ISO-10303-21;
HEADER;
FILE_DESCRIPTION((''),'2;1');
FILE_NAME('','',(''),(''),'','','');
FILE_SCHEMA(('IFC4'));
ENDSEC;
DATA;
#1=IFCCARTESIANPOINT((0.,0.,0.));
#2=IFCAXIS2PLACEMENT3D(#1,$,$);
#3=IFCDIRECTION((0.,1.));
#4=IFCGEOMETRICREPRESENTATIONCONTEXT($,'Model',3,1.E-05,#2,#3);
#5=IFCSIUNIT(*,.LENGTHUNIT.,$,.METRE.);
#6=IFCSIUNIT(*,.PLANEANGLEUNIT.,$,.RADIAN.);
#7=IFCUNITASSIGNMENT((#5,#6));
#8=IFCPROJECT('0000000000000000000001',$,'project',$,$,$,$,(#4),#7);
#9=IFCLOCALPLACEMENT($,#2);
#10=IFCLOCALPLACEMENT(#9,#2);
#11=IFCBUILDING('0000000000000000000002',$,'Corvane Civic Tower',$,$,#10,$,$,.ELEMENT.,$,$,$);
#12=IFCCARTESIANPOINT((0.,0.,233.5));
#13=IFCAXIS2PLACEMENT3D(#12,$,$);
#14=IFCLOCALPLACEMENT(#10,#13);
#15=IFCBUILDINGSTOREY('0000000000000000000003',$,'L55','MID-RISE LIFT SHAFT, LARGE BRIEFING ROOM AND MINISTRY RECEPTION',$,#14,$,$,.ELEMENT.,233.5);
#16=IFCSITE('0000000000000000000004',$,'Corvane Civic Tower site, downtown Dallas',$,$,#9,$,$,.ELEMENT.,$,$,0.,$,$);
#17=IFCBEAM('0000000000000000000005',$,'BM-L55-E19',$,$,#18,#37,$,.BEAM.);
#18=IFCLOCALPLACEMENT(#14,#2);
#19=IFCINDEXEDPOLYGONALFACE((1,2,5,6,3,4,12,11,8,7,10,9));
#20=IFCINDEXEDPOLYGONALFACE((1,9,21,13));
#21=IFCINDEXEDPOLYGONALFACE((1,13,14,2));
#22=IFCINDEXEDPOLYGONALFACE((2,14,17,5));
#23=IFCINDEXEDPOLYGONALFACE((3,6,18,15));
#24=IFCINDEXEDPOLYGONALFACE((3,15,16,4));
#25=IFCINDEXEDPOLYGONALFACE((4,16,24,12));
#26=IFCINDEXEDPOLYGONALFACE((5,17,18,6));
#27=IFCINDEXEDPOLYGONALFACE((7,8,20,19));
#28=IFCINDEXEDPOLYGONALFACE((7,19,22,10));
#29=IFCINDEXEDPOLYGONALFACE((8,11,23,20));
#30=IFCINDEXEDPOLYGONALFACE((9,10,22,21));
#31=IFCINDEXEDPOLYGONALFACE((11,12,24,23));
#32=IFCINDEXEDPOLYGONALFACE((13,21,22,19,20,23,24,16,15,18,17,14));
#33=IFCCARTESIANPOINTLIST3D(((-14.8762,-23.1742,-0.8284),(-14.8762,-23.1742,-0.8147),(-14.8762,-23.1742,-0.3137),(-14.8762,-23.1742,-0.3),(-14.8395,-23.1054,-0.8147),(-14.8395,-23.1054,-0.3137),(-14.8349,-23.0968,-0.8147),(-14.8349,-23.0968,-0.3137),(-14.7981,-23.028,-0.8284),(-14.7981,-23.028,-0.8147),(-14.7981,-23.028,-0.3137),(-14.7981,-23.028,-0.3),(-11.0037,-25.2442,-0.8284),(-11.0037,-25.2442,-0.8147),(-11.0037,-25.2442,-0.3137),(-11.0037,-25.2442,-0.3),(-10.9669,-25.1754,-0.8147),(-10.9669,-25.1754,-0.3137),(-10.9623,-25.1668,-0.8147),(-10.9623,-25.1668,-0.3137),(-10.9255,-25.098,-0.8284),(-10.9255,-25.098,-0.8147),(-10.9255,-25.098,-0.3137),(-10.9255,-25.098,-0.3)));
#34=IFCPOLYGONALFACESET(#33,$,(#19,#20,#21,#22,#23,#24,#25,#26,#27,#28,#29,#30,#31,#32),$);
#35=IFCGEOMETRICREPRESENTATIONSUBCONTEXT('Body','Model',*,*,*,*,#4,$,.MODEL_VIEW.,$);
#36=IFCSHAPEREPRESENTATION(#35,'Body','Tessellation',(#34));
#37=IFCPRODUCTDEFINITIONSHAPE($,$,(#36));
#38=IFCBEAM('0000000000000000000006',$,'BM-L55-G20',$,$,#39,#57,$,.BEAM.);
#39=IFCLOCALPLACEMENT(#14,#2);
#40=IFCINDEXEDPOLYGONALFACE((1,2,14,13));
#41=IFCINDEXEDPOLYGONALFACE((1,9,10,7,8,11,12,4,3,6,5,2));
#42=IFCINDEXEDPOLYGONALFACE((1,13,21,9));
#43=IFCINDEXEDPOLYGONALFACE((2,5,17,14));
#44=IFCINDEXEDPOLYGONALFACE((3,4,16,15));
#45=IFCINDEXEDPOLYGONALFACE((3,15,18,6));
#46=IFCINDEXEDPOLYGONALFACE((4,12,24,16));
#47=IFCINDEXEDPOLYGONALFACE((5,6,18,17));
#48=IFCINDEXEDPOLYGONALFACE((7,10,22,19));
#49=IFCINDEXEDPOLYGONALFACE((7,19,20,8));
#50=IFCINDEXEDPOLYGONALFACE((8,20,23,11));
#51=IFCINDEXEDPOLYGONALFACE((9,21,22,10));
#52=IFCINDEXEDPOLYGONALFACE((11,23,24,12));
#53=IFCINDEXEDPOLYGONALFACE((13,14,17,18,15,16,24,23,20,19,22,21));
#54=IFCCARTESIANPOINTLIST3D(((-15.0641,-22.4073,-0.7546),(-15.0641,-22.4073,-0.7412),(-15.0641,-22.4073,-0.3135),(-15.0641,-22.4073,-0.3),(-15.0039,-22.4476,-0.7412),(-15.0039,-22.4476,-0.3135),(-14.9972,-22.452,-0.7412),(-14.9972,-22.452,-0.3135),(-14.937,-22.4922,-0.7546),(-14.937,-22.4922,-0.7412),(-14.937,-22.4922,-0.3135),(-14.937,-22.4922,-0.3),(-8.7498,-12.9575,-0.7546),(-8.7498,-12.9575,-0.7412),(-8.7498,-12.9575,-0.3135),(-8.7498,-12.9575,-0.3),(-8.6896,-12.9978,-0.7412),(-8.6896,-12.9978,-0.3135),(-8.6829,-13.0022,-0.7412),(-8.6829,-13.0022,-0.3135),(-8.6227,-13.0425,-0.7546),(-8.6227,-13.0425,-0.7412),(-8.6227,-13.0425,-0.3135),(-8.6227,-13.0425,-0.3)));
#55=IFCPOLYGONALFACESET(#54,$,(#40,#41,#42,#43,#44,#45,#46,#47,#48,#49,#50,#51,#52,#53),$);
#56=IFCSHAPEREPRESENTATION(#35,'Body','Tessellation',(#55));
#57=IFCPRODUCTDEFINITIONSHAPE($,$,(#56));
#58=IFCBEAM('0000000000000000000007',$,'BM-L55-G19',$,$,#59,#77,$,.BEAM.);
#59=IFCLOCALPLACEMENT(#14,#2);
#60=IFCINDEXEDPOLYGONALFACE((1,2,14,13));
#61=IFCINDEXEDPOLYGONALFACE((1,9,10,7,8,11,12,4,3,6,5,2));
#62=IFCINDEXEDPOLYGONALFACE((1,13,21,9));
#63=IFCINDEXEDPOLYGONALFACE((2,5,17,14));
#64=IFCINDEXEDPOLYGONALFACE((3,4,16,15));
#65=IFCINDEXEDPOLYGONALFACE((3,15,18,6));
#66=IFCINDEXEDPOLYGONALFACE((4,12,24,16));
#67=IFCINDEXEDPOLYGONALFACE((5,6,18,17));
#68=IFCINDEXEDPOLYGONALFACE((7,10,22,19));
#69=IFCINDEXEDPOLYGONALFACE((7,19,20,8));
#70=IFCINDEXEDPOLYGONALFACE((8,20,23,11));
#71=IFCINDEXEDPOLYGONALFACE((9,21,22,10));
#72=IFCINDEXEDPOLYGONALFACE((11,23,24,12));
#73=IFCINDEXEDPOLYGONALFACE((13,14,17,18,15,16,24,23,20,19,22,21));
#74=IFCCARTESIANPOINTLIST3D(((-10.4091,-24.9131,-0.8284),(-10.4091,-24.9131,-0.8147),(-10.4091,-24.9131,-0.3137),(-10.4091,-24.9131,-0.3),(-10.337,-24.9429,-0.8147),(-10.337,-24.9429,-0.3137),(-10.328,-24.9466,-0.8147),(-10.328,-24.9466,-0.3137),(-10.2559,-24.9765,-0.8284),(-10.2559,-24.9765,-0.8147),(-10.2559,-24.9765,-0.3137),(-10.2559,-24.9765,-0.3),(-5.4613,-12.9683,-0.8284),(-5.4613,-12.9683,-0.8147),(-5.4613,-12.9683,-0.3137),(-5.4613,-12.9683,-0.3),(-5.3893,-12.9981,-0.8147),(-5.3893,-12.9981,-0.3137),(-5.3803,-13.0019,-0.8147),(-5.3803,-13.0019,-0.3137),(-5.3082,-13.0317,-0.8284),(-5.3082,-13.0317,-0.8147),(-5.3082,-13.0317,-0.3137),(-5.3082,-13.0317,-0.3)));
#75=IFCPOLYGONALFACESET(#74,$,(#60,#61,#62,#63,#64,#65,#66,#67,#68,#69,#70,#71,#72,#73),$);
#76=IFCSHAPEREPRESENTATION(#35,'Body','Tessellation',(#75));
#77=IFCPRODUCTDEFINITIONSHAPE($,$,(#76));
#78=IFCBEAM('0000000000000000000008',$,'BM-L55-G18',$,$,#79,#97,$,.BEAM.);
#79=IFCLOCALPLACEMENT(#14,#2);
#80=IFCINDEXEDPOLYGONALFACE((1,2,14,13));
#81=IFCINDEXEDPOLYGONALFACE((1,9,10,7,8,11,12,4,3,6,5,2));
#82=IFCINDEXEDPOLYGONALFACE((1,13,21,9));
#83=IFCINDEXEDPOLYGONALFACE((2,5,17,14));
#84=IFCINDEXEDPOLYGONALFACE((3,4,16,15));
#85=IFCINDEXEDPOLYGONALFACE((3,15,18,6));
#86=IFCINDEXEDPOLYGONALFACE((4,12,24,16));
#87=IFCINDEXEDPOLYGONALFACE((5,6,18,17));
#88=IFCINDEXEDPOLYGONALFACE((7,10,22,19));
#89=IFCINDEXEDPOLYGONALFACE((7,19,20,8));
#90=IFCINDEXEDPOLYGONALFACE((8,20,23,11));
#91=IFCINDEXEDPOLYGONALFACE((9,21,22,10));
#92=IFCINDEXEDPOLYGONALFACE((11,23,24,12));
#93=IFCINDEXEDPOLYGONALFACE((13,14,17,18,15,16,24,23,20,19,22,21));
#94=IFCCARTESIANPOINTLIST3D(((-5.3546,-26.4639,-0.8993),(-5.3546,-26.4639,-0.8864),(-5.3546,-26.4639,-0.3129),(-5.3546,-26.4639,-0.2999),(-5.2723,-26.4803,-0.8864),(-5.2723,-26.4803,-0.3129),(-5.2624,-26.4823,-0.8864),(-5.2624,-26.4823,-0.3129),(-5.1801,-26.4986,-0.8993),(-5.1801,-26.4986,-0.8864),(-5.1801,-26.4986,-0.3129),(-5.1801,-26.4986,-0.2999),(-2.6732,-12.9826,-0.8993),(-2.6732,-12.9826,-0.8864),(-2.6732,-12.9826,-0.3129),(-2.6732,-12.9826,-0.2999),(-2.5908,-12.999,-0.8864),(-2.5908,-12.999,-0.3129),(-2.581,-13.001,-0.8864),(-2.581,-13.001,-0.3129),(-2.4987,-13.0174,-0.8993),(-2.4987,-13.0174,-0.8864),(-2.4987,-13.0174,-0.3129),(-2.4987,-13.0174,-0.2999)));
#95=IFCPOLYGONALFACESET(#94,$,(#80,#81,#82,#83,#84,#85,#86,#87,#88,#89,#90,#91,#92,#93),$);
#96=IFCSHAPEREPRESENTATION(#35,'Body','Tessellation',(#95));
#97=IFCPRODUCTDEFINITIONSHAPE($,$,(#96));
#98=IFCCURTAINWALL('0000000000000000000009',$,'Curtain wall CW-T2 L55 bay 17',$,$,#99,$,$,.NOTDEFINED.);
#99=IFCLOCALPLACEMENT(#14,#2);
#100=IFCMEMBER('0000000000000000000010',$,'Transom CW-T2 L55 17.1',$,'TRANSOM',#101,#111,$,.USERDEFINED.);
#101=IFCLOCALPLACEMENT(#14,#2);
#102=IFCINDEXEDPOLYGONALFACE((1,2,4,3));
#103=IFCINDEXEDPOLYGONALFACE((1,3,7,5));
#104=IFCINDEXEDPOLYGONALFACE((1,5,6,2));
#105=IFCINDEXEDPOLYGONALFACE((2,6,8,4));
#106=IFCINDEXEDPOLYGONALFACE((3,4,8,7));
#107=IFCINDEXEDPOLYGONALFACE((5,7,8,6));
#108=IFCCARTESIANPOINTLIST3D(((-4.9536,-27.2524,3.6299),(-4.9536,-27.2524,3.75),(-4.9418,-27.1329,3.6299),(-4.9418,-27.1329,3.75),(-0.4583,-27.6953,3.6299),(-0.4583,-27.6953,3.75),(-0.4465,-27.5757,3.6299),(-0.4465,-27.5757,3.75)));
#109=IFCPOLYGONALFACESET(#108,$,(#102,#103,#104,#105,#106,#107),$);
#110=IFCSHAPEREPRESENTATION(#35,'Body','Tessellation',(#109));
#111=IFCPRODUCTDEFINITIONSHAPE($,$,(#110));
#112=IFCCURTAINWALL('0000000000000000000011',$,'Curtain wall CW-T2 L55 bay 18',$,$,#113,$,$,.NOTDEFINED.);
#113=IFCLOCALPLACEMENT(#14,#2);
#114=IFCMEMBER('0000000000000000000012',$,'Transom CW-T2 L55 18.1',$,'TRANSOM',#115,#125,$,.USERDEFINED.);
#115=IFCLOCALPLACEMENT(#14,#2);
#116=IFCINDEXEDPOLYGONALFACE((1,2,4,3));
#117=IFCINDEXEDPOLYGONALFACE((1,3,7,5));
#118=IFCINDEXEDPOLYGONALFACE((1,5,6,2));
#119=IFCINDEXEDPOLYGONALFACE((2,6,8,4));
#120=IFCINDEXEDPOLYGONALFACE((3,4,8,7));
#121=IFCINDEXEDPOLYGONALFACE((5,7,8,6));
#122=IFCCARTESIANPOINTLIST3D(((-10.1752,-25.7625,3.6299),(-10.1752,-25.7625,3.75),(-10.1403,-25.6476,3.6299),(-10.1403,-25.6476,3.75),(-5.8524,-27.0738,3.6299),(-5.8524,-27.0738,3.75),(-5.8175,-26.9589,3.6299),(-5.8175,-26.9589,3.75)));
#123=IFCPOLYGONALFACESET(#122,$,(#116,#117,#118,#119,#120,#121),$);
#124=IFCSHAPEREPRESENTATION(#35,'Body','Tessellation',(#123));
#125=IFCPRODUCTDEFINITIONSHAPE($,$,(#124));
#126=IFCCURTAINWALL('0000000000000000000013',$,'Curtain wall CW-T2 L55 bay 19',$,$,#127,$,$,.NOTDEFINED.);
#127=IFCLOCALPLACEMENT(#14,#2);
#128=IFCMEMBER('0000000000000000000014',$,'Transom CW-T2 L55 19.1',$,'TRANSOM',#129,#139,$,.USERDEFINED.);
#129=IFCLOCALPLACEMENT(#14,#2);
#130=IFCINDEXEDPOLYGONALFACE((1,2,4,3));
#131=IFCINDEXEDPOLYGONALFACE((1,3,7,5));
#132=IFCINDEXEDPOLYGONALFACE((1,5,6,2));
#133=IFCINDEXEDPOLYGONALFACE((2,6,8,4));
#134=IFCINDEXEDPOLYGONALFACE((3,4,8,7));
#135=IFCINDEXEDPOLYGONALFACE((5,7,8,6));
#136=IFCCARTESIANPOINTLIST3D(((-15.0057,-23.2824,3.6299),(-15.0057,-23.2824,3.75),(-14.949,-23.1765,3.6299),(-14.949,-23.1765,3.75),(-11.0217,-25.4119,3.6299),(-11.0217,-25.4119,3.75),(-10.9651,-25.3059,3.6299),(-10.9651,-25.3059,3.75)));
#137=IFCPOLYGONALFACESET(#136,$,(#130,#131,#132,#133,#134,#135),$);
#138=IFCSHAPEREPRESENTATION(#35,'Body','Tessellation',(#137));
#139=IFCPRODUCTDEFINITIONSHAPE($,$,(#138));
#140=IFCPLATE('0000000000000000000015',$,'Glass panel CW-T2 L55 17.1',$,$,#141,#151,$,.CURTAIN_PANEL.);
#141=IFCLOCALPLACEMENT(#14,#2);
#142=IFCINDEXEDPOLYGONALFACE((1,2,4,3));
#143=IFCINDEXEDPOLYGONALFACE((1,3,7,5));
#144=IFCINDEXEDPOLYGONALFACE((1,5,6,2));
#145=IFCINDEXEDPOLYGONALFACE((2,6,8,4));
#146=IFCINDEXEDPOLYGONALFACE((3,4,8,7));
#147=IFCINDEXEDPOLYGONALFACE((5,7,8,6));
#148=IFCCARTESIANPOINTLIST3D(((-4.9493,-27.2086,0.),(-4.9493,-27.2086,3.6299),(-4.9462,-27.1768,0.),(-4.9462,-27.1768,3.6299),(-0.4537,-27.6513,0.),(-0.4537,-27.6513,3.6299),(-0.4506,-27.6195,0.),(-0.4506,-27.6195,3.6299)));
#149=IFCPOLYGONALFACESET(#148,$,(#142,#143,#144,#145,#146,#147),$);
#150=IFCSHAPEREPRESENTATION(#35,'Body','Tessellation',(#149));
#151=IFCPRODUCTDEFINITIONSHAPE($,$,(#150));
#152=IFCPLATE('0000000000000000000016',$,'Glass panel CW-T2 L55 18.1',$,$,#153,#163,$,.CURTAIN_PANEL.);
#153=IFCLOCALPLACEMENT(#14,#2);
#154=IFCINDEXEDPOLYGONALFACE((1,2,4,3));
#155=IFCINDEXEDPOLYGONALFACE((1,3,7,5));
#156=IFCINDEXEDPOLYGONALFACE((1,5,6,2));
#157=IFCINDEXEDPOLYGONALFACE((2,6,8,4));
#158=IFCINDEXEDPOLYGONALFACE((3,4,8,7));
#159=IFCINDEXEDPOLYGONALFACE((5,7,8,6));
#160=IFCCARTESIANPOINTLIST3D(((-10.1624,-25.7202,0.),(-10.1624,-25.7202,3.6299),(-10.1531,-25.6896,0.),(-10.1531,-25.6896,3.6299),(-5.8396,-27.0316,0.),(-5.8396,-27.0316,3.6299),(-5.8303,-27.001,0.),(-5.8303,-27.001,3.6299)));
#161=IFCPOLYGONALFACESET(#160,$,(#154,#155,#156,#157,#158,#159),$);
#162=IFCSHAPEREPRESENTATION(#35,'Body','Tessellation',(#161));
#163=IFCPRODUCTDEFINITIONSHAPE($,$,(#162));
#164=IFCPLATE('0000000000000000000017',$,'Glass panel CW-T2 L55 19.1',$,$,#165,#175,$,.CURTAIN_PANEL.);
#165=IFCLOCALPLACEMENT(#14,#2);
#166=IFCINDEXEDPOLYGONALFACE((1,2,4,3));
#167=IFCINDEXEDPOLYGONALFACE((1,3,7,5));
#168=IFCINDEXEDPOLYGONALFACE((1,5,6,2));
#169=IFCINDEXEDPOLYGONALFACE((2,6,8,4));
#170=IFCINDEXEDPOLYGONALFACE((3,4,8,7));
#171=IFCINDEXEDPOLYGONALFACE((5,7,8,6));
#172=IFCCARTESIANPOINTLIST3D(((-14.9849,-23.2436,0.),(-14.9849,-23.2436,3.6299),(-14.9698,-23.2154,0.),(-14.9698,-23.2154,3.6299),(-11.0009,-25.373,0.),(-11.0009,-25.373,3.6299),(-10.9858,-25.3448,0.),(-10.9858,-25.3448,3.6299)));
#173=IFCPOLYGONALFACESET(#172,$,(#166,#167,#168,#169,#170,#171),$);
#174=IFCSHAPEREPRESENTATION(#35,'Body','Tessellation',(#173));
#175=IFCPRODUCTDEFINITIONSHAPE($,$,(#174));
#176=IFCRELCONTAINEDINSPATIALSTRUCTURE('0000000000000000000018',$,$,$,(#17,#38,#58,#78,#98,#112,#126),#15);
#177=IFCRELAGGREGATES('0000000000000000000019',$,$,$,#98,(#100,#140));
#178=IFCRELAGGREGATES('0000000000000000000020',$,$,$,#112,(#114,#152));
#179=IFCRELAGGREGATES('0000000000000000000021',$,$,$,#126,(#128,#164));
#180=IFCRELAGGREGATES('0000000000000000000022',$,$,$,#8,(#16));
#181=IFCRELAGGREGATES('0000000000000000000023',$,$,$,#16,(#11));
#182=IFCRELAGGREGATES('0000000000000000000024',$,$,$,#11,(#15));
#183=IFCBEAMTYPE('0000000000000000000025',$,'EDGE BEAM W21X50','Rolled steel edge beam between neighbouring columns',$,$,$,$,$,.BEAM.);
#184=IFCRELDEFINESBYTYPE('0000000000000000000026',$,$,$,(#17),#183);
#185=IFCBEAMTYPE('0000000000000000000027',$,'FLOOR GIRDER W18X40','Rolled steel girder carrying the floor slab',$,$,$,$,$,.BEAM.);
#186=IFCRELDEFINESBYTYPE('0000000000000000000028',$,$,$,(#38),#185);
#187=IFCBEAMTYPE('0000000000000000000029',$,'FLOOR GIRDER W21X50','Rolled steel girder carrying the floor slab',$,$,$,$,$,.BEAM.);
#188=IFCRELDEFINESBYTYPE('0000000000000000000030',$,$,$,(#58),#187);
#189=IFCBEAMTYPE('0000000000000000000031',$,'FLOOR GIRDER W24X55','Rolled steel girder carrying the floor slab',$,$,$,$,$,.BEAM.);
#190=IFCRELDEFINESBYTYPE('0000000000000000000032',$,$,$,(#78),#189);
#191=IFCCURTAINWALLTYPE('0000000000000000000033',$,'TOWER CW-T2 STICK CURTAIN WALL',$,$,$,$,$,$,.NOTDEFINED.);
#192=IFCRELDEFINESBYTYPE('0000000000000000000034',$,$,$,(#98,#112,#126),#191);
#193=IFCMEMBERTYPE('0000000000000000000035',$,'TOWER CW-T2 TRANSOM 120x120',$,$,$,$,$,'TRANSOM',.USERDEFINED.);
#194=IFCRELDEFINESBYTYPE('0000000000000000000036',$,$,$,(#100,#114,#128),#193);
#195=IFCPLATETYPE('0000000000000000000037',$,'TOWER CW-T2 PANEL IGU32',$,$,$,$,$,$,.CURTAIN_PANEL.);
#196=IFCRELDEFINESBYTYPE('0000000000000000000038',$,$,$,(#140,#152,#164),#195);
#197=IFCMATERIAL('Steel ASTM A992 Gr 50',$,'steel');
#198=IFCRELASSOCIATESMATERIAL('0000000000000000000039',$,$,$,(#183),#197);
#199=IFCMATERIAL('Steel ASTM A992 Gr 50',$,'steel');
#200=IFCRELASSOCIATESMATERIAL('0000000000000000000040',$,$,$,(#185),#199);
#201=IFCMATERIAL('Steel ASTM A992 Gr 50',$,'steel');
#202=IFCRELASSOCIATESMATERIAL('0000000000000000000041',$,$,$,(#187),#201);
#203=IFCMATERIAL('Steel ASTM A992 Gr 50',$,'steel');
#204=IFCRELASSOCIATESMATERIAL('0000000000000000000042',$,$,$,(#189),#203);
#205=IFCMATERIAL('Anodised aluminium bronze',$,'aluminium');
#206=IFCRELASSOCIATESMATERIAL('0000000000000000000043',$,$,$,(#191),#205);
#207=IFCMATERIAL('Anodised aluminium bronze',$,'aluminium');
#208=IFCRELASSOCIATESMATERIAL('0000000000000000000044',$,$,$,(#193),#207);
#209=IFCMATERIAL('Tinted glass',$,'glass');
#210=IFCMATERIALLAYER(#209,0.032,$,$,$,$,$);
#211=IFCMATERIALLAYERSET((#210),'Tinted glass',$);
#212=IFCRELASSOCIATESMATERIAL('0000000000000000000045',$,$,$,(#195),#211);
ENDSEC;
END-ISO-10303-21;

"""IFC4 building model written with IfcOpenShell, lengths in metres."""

from ifc_helpers import new_model, si_unit, direction, frame, origin, origin_2d, place, context, subcontext, project, spatial, rectangle, i_section, extrude, material, layer, layer_set, material_profile, profile_set, type_object, element, aggregate, save


model = new_model("IFC4")

# Units and contexts
model_context = context("Model", 3, precision=1e-05, world=origin(), true_north=direction((0.0, 1.0)))
body_context = subcontext(model_context, "Body", "Model", "MODEL_VIEW")
ifc_project = project(units=[si_unit("LENGTHUNIT", "METRE"), si_unit("PLANEANGLEUNIT", "RADIAN")], contexts=[model_context])

# Site, building, storey
site_placement = place(None, origin())
site = spatial("IfcSite", under=ifc_project, at=site_placement, Name="Corvane Civic Tower site, downtown Dallas", CompositionType="ELEMENT", RefElevation=0.0)
building_placement = place(site_placement, origin())
building = spatial("IfcBuilding", under=site, at=building_placement, Name="Corvane Civic Tower", CompositionType="ELEMENT")
storey_placement = place(building_placement, frame((0.0, 0.0, 233.5)))
storey = spatial("IfcBuildingStorey", under=building, at=storey_placement, Name="L55", Description="MID-RISE LIFT SHAFT, LARGE BRIEFING ROOM AND MINISTRY RECEPTION", CompositionType="ELEMENT", Elevation=233.5)

# Beams
ifc_material_1 = material(Name="Steel ASTM A992 Gr 50", Category="steel")
ifc_material_profile_1 = material_profile(ifc_material_1, i_section(OverallWidth=0.1658, OverallDepth=0.5283, WebThickness=0.0098, FlangeThickness=0.0137, at=origin_2d()), Name="W21X50")
ifc_profile_set_1 = profile_set([ifc_material_profile_1], Name="Steel ASTM A992 Gr 50")
beam_type_1 = type_object("IfcBeamType", Name="EDGE BEAM W21X50", Description="Rolled steel edge beam between neighbouring columns", PredefinedType="BEAM", material=ifc_profile_set_1)
beam_1_placement = place(storey_placement, frame((-10.9646, -25.1711, -0.5642), z_axis=(-0.881908, 0.471422, 0.0), x_axis=(-0.471422, -0.881908, 0.0)))
element("IfcBeam", 1, at=beam_1_placement, inside=storey, type_object=beam_type_1, Name="BM-L55-E19", PredefinedType="BEAM", context=body_context, shape_type="SweptSolid", body=[
    extrude(i_section(OverallWidth=0.1658, OverallDepth=0.5283, WebThickness=0.0098, FlangeThickness=0.0137, at=origin_2d()), origin(), (0.0, 0.0, 1.0), 4.3911),
])
ifc_material_2 = material(Name="Steel ASTM A992 Gr 50", Category="steel")
ifc_material_profile_2 = material_profile(ifc_material_2, i_section(OverallWidth=0.1528, OverallDepth=0.4546, WebThickness=0.0081, FlangeThickness=0.0134, at=origin_2d()), Name="W18X40")
ifc_profile_set_2 = profile_set([ifc_material_profile_2], Name="Steel ASTM A992 Gr 50")
beam_type_2 = type_object("IfcBeamType", Name="FLOOR GIRDER W18X40", Description="Rolled steel girder carrying the floor slab", PredefinedType="BEAM", material=ifc_profile_set_2)
beam_2_placement = place(storey_placement, frame((-8.6863, -13.0, -0.5273), z_axis=(-0.555577, -0.831465, 0.0), x_axis=(0.831465, -0.555577, 0.0)))
element("IfcBeam", 2, at=beam_2_placement, inside=storey, type_object=beam_type_2, Name="BM-L55-G20", PredefinedType="BEAM", context=body_context, shape_type="SweptSolid", body=[
    extrude(i_section(OverallWidth=0.1528, OverallDepth=0.4546, WebThickness=0.0081, FlangeThickness=0.0134, at=origin_2d()), origin(), (0.0, 0.0, 1.0), 11.3652),
])
ifc_material_3 = material(Name="Steel ASTM A992 Gr 50", Category="steel")
ifc_material_profile_3 = material_profile(ifc_material_3, i_section(OverallWidth=0.1658, OverallDepth=0.5283, WebThickness=0.0098, FlangeThickness=0.0137, at=origin_2d()), Name="W21X50")
ifc_profile_set_3 = profile_set([ifc_material_profile_3], Name="Steel ASTM A992 Gr 50")
beam_type_3 = type_object("IfcBeamType", Name="FLOOR GIRDER W21X50", Description="Rolled steel girder carrying the floor slab", PredefinedType="BEAM", material=ifc_profile_set_3)
beam_3_placement = place(storey_placement, frame((-5.3848, -13.0, -0.5642), z_axis=(-0.382686, -0.923878, 0.0), x_axis=(0.923878, -0.382686, 0.0)))
element("IfcBeam", 3, at=beam_3_placement, inside=storey, type_object=beam_type_3, Name="BM-L55-G19", PredefinedType="BEAM", context=body_context, shape_type="SweptSolid", body=[
    extrude(i_section(OverallWidth=0.1658, OverallDepth=0.5283, WebThickness=0.0098, FlangeThickness=0.0137, at=origin_2d()), origin(), (0.0, 0.0, 1.0), 12.929),
])
ifc_material_4 = material(Name="Steel ASTM A992 Gr 50", Category="steel")
ifc_material_profile_4 = material_profile(ifc_material_4, i_section(OverallWidth=0.178, OverallDepth=0.5994, WebThickness=0.01, FlangeThickness=0.0129, at=origin_2d()), Name="W24X55")
ifc_profile_set_4 = profile_set([ifc_material_profile_4], Name="Steel ASTM A992 Gr 50")
beam_type_4 = type_object("IfcBeamType", Name="FLOOR GIRDER W24X55", Description="Rolled steel girder carrying the floor slab", PredefinedType="BEAM", material=ifc_profile_set_4)
beam_4_placement = place(storey_placement, frame((-2.5859, -13.0, -0.5996), z_axis=(-0.195078, -0.980788, 0.0), x_axis=(0.980788, -0.195078, 0.0)))
element("IfcBeam", 4, at=beam_4_placement, inside=storey, type_object=beam_type_4, Name="BM-L55-G18", PredefinedType="BEAM", context=body_context, shape_type="SweptSolid", body=[
    extrude(i_section(OverallWidth=0.178, OverallDepth=0.5994, WebThickness=0.01, FlangeThickness=0.0129, at=origin_2d()), origin(), (0.0, 0.0, 1.0), 13.7454),
])

# Curtain walls, members
ifc_material_5 = material(Name="Anodised aluminium bronze", Category="aluminium")
curtain_wall_type = type_object("IfcCurtainWallType", Name="TOWER CW-T2 STICK CURTAIN WALL", PredefinedType="NOTDEFINED", material=ifc_material_5)
curtain_wall_1_placement = place(storey_placement, origin())
curtain_wall_1 = element("IfcCurtainWall", 5, at=curtain_wall_1_placement, inside=storey, type_object=curtain_wall_type, Name="Curtain wall CW-T2 L55 bay 17", PredefinedType="NOTDEFINED")
ifc_material_6 = material(Name="Anodised aluminium bronze", Category="aluminium")
ifc_material_profile_5 = material_profile(ifc_material_6, rectangle(XDim=0.1201, YDim=0.1201, at=origin_2d()), Name="TOWER CW-T2 TRANSOM 120x120")
ifc_profile_set_5 = profile_set([ifc_material_profile_5], Name="Anodised aluminium bronze")
member_type = type_object("IfcMemberType", Name="TOWER CW-T2 TRANSOM 120x120", ElementType="TRANSOM", PredefinedType="USERDEFINED", material=ifc_profile_set_5)
member_1_placement = place(storey_placement, frame((-0.4524, -27.6355, 3.6899), z_axis=(-0.995182, 0.098043, 0.0), x_axis=(-0.098043, -0.995182, 0.0)))
member_1 = element("IfcMember", 6, at=member_1_placement, type_object=member_type, Name="Transom CW-T2 L55 17.1", ObjectType="TRANSOM", PredefinedType="USERDEFINED", context=body_context, shape_type="SweptSolid", body=[
    extrude(rectangle(XDim=0.1201, YDim=0.1201, at=origin_2d()), origin(), (0.0, 0.0, 1.0), 4.5171),
])
curtain_wall_2_placement = place(storey_placement, origin())
curtain_wall_2 = element("IfcCurtainWall", 7, at=curtain_wall_2_placement, inside=storey, type_object=curtain_wall_type, Name="Curtain wall CW-T2 L55 bay 18", PredefinedType="NOTDEFINED")
member_2_placement = place(storey_placement, frame((-5.835, -27.0164, 3.6899), z_axis=(-0.956941, 0.290282, 0.0), x_axis=(-0.290282, -0.956941, 0.0)))
member_2 = element("IfcMember", 8, at=member_2_placement, type_object=member_type, Name="Transom CW-T2 L55 18.1", ObjectType="TRANSOM", PredefinedType="USERDEFINED", context=body_context, shape_type="SweptSolid", body=[
    extrude(rectangle(XDim=0.1201, YDim=0.1201, at=origin_2d()), origin(), (0.0, 0.0, 1.0), 4.5173),
])
curtain_wall_3_placement = place(storey_placement, origin())
curtain_wall_3 = element("IfcCurtainWall", 9, at=curtain_wall_3_placement, inside=storey, type_object=curtain_wall_type, Name="Curtain wall CW-T2 L55 bay 19", PredefinedType="NOTDEFINED")
member_3_placement = place(storey_placement, frame((-10.9934, -25.3589, 3.6899), z_axis=(-0.881925, 0.47139, 0.0), x_axis=(-0.47139, -0.881925, 0.0)))
member_3 = element("IfcMember", 10, at=member_3_placement, type_object=member_type, Name="Transom CW-T2 L55 19.1", ObjectType="TRANSOM", PredefinedType="USERDEFINED", context=body_context, shape_type="SweptSolid", body=[
    extrude(rectangle(XDim=0.1201, YDim=0.1201, at=origin_2d()), origin(), (0.0, 0.0, 1.0), 4.5173),
])

# Plates
ifc_material_7 = material(Name="Tinted glass", Category="glass")
ifc_layer_1 = layer(ifc_material_7, 0.032)
ifc_layer_set_1 = layer_set([ifc_layer_1], Name="Tinted glass")
plate_type = type_object("IfcPlateType", Name="TOWER CW-T2 PANEL IGU32", PredefinedType="CURTAIN_PANEL", material=ifc_layer_set_1)
plate_1_placement = place(storey_placement, frame((-2.7, -27.4141, 0.0), z_axis=(0.0, 0.0, 1.0), x_axis=(-0.995187, 0.097993, 0.0)))
plate_1 = element("IfcPlate", 11, at=plate_1_placement, type_object=plate_type, Name="Glass panel CW-T2 L55 17.1", PredefinedType="CURTAIN_PANEL", context=body_context, shape_type="SweptSolid", body=[
    extrude(rectangle(XDim=4.5173, YDim=0.032, at=origin_2d()), origin(), (0.0, 0.0, 1.0), 3.6299),
])
aggregate(curtain_wall_1, [member_1, plate_1])
plate_2_placement = place(storey_placement, frame((-7.9963, -26.3606, 0.0), z_axis=(0.0, 0.0, 1.0), x_axis=(-0.956939, 0.29029, 0.0)))
plate_2 = element("IfcPlate", 12, at=plate_2_placement, type_object=plate_type, Name="Glass panel CW-T2 L55 18.1", PredefinedType="CURTAIN_PANEL", context=body_context, shape_type="SweptSolid", body=[
    extrude(rectangle(XDim=4.5173, YDim=0.032, at=origin_2d()), origin(), (0.0, 0.0, 1.0), 3.6299),
])
aggregate(curtain_wall_2, [member_2, plate_2])
plate_3_placement = place(storey_placement, frame((-12.9854, -24.2942, 0.0), z_axis=(0.0, 0.0, 1.0), x_axis=(-0.88192, 0.471398, 0.0)))
plate_3 = element("IfcPlate", 13, at=plate_3_placement, type_object=plate_type, Name="Glass panel CW-T2 L55 19.1", PredefinedType="CURTAIN_PANEL", context=body_context, shape_type="SweptSolid", body=[
    extrude(rectangle(XDim=4.5173, YDim=0.032, at=origin_2d()), origin(), (0.0, 0.0, 1.0), 3.6299),
])
aggregate(curtain_wall_3, [member_3, plate_3])

save(model, "model.ifc")
